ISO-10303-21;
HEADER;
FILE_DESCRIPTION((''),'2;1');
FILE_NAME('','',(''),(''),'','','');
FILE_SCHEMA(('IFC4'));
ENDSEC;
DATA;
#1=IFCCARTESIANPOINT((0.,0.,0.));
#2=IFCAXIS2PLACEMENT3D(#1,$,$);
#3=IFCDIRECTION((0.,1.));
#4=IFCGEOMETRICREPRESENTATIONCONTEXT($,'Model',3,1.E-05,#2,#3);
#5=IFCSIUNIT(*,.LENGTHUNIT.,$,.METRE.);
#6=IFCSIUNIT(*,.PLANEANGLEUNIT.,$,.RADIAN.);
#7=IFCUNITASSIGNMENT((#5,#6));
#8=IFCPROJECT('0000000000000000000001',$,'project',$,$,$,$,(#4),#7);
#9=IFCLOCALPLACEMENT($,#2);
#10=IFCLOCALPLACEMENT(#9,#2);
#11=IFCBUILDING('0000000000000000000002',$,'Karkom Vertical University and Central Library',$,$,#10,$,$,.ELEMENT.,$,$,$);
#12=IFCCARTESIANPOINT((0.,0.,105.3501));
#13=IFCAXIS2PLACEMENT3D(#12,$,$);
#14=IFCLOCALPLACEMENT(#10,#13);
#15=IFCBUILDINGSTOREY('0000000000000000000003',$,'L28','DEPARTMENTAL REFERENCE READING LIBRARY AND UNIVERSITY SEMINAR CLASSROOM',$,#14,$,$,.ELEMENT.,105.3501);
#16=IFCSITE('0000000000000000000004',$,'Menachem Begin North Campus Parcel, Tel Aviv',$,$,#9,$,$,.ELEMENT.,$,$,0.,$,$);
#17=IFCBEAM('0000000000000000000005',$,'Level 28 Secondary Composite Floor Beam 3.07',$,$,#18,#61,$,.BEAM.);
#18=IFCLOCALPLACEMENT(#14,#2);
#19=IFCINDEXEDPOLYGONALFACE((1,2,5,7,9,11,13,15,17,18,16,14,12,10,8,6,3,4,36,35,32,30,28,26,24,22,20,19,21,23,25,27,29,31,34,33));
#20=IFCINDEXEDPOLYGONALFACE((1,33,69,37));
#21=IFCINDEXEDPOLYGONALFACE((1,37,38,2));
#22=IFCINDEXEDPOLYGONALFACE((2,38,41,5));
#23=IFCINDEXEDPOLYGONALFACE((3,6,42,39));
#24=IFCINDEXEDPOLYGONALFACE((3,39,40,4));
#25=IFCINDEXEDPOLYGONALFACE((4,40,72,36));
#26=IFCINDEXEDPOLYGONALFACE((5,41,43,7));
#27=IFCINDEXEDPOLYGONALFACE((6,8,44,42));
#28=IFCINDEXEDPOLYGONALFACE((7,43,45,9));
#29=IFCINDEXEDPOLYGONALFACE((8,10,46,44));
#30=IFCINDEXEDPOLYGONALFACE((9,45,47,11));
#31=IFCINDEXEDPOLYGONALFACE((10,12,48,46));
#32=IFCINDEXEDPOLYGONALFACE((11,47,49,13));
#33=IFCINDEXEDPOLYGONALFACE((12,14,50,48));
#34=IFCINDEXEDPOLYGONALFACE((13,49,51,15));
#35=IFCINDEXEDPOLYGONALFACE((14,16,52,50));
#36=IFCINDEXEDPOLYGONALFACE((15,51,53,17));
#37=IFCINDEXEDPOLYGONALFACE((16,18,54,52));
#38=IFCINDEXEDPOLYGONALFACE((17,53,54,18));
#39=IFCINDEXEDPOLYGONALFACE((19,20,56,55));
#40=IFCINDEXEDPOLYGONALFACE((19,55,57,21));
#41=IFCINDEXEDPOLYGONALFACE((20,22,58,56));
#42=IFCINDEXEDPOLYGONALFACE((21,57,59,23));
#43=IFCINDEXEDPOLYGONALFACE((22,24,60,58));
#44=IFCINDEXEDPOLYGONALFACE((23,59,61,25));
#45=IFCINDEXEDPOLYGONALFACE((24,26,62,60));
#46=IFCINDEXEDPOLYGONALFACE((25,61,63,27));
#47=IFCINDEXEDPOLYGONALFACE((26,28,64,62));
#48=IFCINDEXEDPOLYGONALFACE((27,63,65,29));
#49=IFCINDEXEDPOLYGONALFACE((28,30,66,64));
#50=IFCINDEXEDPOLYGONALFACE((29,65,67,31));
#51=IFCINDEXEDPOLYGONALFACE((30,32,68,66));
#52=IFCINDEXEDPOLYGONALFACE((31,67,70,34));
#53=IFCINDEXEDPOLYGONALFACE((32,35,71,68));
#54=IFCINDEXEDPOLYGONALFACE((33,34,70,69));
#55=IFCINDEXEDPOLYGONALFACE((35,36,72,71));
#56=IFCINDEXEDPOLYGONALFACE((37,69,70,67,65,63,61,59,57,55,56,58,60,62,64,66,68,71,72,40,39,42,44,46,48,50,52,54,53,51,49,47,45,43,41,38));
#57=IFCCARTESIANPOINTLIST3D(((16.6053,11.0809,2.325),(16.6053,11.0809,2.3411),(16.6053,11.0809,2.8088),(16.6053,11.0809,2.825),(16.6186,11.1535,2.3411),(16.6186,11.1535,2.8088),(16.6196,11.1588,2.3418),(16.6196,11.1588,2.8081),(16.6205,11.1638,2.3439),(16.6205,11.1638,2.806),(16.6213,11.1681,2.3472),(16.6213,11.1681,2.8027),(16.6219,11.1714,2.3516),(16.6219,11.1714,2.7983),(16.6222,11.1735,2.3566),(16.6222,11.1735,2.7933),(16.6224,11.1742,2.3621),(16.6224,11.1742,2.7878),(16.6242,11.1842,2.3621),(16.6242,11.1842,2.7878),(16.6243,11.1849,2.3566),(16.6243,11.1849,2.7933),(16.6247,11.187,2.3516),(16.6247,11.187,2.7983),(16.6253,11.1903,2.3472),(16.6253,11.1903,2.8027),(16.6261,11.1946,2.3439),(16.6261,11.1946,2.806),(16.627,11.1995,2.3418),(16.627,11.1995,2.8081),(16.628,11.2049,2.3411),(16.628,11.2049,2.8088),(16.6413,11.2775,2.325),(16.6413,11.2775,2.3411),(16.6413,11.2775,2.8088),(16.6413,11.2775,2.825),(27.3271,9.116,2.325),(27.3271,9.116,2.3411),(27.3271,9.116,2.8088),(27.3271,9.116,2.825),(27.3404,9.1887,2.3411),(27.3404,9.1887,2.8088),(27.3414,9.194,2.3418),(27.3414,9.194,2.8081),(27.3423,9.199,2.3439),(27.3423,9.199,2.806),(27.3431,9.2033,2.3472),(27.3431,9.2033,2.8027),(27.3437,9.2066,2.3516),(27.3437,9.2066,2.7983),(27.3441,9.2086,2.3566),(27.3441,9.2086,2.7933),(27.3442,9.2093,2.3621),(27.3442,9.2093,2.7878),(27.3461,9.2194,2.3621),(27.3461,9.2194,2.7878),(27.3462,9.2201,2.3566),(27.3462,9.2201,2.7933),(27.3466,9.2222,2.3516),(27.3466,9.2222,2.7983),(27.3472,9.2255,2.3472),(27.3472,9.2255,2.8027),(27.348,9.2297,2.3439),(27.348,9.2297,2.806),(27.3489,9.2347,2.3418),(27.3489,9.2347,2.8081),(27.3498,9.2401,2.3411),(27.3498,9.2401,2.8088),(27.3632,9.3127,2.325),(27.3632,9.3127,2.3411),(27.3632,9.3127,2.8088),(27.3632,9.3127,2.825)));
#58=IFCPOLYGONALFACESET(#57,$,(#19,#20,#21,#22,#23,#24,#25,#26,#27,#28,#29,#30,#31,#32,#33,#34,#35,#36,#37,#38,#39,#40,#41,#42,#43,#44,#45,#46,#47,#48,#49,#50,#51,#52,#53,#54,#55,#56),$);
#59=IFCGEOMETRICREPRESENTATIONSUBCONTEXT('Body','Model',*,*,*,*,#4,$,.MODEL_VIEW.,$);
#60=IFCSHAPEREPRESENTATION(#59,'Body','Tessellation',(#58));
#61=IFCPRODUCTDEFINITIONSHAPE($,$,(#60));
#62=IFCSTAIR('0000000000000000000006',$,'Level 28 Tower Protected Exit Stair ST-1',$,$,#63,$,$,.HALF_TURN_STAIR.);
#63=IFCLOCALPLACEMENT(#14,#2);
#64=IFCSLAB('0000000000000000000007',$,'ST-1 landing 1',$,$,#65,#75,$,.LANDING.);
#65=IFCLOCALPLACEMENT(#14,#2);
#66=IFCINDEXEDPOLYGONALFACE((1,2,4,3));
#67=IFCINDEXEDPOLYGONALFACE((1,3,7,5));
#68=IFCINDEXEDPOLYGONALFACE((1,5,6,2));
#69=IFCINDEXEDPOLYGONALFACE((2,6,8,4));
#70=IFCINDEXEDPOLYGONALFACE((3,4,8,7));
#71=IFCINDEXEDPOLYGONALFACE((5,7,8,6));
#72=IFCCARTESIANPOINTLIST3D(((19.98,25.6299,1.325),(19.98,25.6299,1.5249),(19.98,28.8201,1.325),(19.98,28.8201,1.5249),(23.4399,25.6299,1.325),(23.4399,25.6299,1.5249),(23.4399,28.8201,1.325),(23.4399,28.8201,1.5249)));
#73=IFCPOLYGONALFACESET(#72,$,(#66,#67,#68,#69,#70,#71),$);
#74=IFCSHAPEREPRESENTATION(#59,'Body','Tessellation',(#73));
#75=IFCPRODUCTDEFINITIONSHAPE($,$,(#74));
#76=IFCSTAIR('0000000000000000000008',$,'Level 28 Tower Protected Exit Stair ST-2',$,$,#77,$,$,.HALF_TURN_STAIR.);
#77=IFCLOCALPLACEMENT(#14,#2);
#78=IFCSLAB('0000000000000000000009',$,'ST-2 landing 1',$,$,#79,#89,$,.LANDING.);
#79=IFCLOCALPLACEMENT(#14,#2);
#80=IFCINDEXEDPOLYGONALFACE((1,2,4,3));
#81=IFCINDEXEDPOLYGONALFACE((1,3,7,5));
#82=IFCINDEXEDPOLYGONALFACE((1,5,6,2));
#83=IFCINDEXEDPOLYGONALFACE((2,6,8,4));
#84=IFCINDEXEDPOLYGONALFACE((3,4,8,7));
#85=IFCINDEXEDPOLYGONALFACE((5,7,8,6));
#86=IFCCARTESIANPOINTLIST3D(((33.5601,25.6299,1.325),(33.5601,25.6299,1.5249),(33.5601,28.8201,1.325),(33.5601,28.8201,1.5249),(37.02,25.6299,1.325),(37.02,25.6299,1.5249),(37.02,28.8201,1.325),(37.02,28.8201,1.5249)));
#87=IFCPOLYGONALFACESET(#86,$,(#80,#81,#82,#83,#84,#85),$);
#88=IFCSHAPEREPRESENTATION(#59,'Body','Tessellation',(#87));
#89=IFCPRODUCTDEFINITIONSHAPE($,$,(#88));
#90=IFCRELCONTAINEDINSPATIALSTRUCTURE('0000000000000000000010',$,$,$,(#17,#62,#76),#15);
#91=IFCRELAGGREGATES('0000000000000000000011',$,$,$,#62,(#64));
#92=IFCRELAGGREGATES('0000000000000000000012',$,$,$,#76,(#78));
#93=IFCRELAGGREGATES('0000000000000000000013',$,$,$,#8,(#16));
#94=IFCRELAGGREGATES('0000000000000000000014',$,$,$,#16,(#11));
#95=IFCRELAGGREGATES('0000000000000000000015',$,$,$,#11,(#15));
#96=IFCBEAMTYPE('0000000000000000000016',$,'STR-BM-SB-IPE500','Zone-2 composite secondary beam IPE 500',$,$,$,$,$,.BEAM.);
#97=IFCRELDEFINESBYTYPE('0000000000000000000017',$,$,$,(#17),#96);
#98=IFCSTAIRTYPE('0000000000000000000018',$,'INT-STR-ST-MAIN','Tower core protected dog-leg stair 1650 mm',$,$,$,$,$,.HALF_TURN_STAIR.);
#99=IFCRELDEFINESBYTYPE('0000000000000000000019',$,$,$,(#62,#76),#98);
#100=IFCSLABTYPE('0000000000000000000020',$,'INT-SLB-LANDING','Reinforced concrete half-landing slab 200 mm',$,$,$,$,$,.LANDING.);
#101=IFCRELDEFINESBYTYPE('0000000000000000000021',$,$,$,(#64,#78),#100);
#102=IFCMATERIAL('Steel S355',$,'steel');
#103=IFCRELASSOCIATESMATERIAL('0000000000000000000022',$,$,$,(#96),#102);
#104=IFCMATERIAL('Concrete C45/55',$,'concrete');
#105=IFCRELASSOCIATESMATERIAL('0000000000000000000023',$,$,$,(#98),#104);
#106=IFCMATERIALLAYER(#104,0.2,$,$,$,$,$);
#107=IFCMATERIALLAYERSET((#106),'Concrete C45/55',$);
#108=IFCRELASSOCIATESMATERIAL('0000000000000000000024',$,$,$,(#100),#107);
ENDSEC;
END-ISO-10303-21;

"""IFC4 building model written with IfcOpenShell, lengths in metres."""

from ifc_helpers import new_model, si_unit, direction, frame, origin, origin_with_axes, origin_2d, place, context, subcontext, project, spatial, polyline, i_section, outline, extrude, source, transform, mapped, material, layer, layer_set, material_profile, profile_set, type_object, element, aggregate, save


model = new_model("IFC4")

# Units and contexts
model_context = context("Model", 3, precision=1e-05, world=origin(), true_north=direction((0.0, 1.0)))
body_context = subcontext(model_context, "Body", "Model", "MODEL_VIEW")
ifc_project = project(units=[si_unit("LENGTHUNIT", "METRE"), si_unit("PLANEANGLEUNIT", "RADIAN")], contexts=[model_context])

# Site, building, storey
site_placement = place(None, origin())
site = spatial("IfcSite", under=ifc_project, at=site_placement, Name="Menachem Begin North Campus Parcel, Tel Aviv", CompositionType="ELEMENT", RefElevation=0.0)
building_placement = place(site_placement, origin())
building = spatial("IfcBuilding", under=site, at=building_placement, Name="Karkom Vertical University and Central Library", CompositionType="ELEMENT")
storey_placement = place(building_placement, frame((0.0, 0.0, 105.3501)))
storey = spatial("IfcBuildingStorey", under=building, at=storey_placement, Name="L28", Description="DEPARTMENTAL REFERENCE READING LIBRARY AND UNIVERSITY SEMINAR CLASSROOM", CompositionType="ELEMENT", Elevation=105.3501)

# Beam
ifc_material_1 = material(Name="Steel S355", Category="steel")
ifc_material_profile_1 = material_profile(ifc_material_1, i_section(OverallWidth=0.2, OverallDepth=0.5, WebThickness=0.0103, FlangeThickness=0.0161, FilletRadius=0.021, at=origin_2d()), Name="IPE 500")
ifc_profile_set_1 = profile_set([ifc_material_profile_1], Name="Steel S355")
beam_type_1 = type_object("IfcBeamType", Name="STR-BM-SB-IPE500", Description="Zone-2 composite secondary beam IPE 500", PredefinedType="BEAM", material=ifc_profile_set_1)
shared_shape_1 = source(origin_with_axes(), body_context, "Body", "SweptSolid", [
    extrude(i_section(OverallWidth=0.2, OverallDepth=0.5, WebThickness=0.0103, FlangeThickness=0.0161, FilletRadius=0.021, at=origin_2d()), origin(), (0.0, 0.0, 1.0), 10.9004),
])
beam_1_placement = place(storey_placement, frame((16.6233, 11.1792, 2.575), z_axis=(0.98362, -0.180253, 0.0), x_axis=(0.180253, 0.98362, 0.0)))
element("IfcBeam", 1, at=beam_1_placement, inside=storey, type_object=beam_type_1, Name="Level 28 Secondary Composite Floor Beam 3.07", PredefinedType="BEAM", context=body_context, shape_type="MappedRepresentation", body=[
    mapped(shared_shape_1, transform((0.0, 0.0, 0.0), scale=1.0)),
])

# Stairs, slabs
ifc_material_2 = material(Name="Concrete C45/55", Category="concrete")
stair_type = type_object("IfcStairType", Name="INT-STR-ST-MAIN", Description="Tower core protected dog-leg stair 1650 mm", PredefinedType="HALF_TURN_STAIR", material=ifc_material_2)
stair_1_placement = place(storey_placement, origin())
stair_1 = element("IfcStair", 2, at=stair_1_placement, inside=storey, type_object=stair_type, Name="Level 28 Tower Protected Exit Stair ST-1", PredefinedType="HALF_TURN_STAIR")
ifc_layer_1 = layer(ifc_material_2, 0.2)
ifc_layer_set_1 = layer_set([ifc_layer_1], Name="Concrete C45/55")
slab_type_1 = type_object("IfcSlabType", Name="INT-SLB-LANDING", Description="Reinforced concrete half-landing slab 200 mm", PredefinedType="LANDING", material=ifc_layer_set_1)
slab_1_placement = place(storey_placement, frame((0.0, 0.0, 1.325)))
slab_1 = element("IfcSlab", 3, at=slab_1_placement, type_object=slab_type_1, Name="ST-1 landing 1", PredefinedType="LANDING", context=body_context, shape_type="SweptSolid", body=[
    extrude(outline(polyline([(23.4399, 25.6299), (23.4399, 28.8201), (19.98, 28.8201), (19.98, 25.6299), (23.4399, 25.6299)])), origin(), (0.0, 0.0, 1.0), 0.2),
])
aggregate(stair_1, [slab_1])
stair_2_placement = place(storey_placement, origin())
stair_2 = element("IfcStair", 4, at=stair_2_placement, inside=storey, type_object=stair_type, Name="Level 28 Tower Protected Exit Stair ST-2", PredefinedType="HALF_TURN_STAIR")
slab_2_placement = place(storey_placement, frame((0.0, 0.0, 1.325)))
slab_2 = element("IfcSlab", 5, at=slab_2_placement, type_object=slab_type_1, Name="ST-2 landing 1", PredefinedType="LANDING", context=body_context, shape_type="SweptSolid", body=[
    extrude(outline(polyline([(37.02, 25.6299), (37.02, 28.8201), (33.5601, 28.8201), (33.5601, 25.6299), (37.02, 25.6299)])), origin(), (0.0, 0.0, 1.0), 0.2),
])
aggregate(stair_2, [slab_2])

save(model, "model.ifc")
